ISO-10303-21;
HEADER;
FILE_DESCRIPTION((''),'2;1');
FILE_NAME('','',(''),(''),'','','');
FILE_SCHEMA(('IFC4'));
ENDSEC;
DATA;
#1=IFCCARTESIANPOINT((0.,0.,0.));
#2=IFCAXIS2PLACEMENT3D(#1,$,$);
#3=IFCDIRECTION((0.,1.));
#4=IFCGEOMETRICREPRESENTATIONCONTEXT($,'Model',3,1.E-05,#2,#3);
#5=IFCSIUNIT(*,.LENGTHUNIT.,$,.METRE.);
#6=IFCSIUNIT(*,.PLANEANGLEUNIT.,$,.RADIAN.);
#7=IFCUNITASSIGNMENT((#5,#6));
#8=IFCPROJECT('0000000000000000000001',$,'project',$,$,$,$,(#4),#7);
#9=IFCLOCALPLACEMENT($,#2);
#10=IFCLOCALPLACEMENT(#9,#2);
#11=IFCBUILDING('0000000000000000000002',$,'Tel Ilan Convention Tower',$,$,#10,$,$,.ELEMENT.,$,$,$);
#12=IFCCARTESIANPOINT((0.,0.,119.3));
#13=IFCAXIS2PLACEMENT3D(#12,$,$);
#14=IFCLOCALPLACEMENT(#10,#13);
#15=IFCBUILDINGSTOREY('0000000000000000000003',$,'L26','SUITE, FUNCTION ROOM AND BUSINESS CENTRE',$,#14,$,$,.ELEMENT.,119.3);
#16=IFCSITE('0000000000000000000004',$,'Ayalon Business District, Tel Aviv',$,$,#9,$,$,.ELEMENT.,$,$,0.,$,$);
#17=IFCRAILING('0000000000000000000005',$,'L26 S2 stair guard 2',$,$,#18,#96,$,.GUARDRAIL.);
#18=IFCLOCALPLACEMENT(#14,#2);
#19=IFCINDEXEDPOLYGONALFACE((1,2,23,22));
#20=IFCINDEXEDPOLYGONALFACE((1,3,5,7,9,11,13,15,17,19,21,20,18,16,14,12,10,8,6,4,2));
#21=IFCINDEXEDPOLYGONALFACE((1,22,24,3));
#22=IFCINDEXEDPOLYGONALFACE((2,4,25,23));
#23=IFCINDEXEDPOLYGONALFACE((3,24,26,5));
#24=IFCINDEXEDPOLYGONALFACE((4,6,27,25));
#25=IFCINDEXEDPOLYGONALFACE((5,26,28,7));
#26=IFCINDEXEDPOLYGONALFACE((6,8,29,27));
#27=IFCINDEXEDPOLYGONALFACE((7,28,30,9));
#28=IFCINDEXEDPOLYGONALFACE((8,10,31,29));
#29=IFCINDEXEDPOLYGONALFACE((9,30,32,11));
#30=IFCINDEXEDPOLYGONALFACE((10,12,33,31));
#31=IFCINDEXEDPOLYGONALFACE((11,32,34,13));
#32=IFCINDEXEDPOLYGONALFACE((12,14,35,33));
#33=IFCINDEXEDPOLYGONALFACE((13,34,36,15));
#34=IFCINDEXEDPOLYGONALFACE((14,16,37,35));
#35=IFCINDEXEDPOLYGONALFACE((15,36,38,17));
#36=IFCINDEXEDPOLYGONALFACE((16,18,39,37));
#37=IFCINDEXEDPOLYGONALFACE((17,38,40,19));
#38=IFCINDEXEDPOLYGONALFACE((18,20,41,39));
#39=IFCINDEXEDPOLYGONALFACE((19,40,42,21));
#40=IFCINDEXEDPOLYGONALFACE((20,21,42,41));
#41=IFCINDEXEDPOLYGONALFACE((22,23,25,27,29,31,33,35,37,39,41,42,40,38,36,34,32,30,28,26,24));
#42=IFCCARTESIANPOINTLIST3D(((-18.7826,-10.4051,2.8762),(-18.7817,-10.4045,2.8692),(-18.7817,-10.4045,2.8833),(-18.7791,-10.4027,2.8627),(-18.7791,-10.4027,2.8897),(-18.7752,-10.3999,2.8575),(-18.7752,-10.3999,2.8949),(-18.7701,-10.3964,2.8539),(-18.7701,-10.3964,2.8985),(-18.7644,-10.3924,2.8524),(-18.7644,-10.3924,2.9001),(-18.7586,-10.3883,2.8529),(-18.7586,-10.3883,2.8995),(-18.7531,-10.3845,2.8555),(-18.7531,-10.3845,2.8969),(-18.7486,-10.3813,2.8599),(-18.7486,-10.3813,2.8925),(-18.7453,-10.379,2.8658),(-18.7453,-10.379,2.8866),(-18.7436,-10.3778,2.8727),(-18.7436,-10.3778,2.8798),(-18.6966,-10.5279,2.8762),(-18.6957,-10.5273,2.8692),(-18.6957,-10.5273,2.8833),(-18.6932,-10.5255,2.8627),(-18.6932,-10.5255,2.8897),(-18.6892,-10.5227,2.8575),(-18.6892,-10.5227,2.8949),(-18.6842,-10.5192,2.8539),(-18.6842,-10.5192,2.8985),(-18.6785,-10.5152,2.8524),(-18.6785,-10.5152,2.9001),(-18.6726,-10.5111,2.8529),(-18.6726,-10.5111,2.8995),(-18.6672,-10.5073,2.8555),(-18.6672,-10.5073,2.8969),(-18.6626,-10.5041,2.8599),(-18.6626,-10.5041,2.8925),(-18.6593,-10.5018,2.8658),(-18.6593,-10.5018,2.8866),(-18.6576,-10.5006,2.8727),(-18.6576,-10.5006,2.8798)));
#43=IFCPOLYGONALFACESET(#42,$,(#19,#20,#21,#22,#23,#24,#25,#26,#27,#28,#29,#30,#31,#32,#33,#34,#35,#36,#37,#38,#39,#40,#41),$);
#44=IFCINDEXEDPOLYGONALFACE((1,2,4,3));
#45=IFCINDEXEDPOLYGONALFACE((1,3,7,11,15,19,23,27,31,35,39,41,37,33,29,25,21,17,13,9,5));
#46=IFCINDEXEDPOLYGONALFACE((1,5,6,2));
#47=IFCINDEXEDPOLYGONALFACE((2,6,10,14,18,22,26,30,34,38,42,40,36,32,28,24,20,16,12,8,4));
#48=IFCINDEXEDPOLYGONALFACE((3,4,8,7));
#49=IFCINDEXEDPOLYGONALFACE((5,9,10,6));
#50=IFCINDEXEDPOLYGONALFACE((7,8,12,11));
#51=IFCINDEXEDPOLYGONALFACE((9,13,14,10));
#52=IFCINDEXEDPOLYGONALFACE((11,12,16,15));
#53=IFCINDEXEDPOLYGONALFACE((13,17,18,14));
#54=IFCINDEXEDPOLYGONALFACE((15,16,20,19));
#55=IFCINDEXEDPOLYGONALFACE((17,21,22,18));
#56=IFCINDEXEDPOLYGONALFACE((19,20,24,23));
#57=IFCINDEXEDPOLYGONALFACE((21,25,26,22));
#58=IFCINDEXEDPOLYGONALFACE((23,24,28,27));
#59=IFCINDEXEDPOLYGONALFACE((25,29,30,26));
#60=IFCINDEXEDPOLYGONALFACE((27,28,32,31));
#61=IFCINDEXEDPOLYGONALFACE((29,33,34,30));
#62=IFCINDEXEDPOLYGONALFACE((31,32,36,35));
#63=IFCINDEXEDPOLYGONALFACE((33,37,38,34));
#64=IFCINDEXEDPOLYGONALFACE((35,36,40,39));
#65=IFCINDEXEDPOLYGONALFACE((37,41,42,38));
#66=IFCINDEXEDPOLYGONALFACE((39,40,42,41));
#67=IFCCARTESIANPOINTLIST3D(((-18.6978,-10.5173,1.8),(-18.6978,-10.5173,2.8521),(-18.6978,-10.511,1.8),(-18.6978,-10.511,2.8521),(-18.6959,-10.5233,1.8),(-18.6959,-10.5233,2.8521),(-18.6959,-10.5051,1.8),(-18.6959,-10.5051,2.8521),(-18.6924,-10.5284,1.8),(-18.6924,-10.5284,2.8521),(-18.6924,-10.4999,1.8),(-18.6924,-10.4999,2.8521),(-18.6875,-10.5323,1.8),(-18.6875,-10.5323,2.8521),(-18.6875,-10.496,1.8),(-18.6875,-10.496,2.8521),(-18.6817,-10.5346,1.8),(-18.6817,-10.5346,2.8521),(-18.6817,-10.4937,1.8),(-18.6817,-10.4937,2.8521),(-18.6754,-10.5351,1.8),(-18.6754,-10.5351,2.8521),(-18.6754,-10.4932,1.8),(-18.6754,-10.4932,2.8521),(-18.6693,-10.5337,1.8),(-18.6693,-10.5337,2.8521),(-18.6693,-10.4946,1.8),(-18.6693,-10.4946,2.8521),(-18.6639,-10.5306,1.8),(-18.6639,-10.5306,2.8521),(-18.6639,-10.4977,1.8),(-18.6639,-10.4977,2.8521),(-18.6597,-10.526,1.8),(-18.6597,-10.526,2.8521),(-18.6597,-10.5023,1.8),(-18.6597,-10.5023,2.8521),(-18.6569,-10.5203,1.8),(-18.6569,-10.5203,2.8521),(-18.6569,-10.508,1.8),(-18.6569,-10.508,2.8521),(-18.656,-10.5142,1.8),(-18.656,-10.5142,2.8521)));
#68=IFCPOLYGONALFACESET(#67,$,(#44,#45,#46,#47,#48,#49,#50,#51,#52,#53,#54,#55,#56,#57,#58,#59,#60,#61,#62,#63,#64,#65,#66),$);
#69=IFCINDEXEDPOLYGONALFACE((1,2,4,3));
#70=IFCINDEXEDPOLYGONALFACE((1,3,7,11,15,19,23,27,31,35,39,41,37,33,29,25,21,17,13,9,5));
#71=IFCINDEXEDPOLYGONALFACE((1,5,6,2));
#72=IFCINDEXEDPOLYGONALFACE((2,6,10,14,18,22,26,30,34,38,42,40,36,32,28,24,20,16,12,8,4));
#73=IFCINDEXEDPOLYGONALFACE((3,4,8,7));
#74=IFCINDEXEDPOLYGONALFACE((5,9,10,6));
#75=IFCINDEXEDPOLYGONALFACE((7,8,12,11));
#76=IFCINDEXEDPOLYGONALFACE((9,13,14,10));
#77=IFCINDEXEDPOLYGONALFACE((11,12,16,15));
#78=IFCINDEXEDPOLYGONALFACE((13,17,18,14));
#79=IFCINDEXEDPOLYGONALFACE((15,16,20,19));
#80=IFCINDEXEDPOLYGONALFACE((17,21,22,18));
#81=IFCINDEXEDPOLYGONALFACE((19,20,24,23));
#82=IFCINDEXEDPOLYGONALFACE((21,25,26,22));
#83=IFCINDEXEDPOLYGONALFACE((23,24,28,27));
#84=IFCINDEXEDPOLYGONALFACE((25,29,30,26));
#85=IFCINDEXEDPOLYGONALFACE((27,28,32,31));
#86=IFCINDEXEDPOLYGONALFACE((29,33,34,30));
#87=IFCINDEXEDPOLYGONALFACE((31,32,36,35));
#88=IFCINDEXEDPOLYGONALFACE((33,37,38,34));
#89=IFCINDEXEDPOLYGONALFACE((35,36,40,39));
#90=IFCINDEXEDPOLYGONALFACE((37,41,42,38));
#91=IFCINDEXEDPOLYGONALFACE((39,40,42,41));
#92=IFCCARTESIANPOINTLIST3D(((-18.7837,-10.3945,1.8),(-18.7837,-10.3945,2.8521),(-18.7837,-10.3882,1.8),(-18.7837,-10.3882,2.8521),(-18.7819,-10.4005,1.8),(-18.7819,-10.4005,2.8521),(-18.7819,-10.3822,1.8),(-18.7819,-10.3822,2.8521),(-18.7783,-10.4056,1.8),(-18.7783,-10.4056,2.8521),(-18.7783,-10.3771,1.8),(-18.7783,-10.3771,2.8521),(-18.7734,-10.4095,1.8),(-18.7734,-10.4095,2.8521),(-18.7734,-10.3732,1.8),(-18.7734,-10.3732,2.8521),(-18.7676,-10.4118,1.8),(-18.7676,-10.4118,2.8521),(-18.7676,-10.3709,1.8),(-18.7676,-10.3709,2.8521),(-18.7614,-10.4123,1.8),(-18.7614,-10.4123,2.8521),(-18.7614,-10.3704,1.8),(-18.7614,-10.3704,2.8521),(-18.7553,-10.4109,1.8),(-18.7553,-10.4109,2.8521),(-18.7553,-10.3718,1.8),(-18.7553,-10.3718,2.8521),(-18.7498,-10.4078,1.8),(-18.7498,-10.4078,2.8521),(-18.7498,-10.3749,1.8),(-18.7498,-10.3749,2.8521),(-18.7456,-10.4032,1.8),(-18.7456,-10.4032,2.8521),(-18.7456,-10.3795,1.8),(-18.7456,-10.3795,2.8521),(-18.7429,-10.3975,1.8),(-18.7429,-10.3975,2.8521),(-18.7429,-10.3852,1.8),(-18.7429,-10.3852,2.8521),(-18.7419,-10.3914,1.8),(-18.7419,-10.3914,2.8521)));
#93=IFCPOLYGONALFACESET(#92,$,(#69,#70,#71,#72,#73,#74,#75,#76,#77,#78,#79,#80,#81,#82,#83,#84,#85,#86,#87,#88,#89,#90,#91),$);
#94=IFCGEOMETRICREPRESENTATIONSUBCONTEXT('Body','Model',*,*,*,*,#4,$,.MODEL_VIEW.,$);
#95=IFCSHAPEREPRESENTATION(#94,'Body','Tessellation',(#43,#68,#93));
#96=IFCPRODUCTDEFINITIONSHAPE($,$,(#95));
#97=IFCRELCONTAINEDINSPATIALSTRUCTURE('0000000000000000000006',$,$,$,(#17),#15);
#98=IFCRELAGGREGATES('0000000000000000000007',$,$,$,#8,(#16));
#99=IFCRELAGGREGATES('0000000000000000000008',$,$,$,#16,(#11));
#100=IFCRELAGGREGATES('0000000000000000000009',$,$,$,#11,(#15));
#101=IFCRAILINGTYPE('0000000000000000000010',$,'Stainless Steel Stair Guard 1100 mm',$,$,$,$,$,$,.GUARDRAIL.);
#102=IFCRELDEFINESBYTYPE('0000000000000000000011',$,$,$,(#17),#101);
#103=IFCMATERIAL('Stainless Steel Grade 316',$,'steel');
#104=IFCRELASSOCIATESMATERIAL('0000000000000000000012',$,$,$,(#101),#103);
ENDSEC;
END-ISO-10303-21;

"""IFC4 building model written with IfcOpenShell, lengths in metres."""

from ifc_helpers import new_model, si_unit, direction, frame, origin, origin_2d, place, context, subcontext, project, spatial, circle, extrude, material, type_object, element, save


model = new_model("IFC4")

# Units and contexts
model_context = context("Model", 3, precision=1e-05, world=origin(), true_north=direction((0.0, 1.0)))
body_context = subcontext(model_context, "Body", "Model", "MODEL_VIEW")
ifc_project = project(units=[si_unit("LENGTHUNIT", "METRE"), si_unit("PLANEANGLEUNIT", "RADIAN")], contexts=[model_context])

# Site, building, storey
site_placement = place(None, origin())
site = spatial("IfcSite", under=ifc_project, at=site_placement, Name="Ayalon Business District, Tel Aviv", CompositionType="ELEMENT", RefElevation=0.0)
building_placement = place(site_placement, origin())
building = spatial("IfcBuilding", under=site, at=building_placement, Name="Tel Ilan Convention Tower", CompositionType="ELEMENT")
storey_placement = place(building_placement, frame((0.0, 0.0, 119.3)))
storey = spatial("IfcBuildingStorey", under=building, at=storey_placement, Name="L26", Description="SUITE, FUNCTION ROOM AND BUSINESS CENTRE", CompositionType="ELEMENT", Elevation=119.3)

# Railing
ifc_material_1 = material(Name="Stainless Steel Grade 316", Category="steel")
railing_type_1 = type_object("IfcRailingType", Name="Stainless Steel Stair Guard 1100 mm", PredefinedType="GUARDRAIL", material=ifc_material_1)
railing_1_placement = place(storey_placement, frame((-18.677, -10.5142, 1.8)))
element("IfcRailing", 1, at=railing_1_placement, inside=storey, type_object=railing_type_1, Name="L26 S2 stair guard 2", PredefinedType="GUARDRAIL", context=body_context, shape_type="SweptSolid", body=[
    extrude(circle(Radius=0.0239, at=origin_2d()), frame((0.0, 0.0, 1.0762), z_axis=(-0.573353, 0.819308, 0.0), x_axis=(-0.819308, -0.573353, 0.0)), (0.0, 0.0, 1.0), 0.1499),
    extrude(circle(Radius=0.021, at=origin_2d()), origin(), (0.0, 0.0, 1.0), 1.052),
    extrude(circle(Radius=0.021, at=origin_2d()), frame((-0.0859, 0.1228, 0.0)), (0.0, 0.0, 1.0), 1.052),
])

save(model, "model.ifc")
